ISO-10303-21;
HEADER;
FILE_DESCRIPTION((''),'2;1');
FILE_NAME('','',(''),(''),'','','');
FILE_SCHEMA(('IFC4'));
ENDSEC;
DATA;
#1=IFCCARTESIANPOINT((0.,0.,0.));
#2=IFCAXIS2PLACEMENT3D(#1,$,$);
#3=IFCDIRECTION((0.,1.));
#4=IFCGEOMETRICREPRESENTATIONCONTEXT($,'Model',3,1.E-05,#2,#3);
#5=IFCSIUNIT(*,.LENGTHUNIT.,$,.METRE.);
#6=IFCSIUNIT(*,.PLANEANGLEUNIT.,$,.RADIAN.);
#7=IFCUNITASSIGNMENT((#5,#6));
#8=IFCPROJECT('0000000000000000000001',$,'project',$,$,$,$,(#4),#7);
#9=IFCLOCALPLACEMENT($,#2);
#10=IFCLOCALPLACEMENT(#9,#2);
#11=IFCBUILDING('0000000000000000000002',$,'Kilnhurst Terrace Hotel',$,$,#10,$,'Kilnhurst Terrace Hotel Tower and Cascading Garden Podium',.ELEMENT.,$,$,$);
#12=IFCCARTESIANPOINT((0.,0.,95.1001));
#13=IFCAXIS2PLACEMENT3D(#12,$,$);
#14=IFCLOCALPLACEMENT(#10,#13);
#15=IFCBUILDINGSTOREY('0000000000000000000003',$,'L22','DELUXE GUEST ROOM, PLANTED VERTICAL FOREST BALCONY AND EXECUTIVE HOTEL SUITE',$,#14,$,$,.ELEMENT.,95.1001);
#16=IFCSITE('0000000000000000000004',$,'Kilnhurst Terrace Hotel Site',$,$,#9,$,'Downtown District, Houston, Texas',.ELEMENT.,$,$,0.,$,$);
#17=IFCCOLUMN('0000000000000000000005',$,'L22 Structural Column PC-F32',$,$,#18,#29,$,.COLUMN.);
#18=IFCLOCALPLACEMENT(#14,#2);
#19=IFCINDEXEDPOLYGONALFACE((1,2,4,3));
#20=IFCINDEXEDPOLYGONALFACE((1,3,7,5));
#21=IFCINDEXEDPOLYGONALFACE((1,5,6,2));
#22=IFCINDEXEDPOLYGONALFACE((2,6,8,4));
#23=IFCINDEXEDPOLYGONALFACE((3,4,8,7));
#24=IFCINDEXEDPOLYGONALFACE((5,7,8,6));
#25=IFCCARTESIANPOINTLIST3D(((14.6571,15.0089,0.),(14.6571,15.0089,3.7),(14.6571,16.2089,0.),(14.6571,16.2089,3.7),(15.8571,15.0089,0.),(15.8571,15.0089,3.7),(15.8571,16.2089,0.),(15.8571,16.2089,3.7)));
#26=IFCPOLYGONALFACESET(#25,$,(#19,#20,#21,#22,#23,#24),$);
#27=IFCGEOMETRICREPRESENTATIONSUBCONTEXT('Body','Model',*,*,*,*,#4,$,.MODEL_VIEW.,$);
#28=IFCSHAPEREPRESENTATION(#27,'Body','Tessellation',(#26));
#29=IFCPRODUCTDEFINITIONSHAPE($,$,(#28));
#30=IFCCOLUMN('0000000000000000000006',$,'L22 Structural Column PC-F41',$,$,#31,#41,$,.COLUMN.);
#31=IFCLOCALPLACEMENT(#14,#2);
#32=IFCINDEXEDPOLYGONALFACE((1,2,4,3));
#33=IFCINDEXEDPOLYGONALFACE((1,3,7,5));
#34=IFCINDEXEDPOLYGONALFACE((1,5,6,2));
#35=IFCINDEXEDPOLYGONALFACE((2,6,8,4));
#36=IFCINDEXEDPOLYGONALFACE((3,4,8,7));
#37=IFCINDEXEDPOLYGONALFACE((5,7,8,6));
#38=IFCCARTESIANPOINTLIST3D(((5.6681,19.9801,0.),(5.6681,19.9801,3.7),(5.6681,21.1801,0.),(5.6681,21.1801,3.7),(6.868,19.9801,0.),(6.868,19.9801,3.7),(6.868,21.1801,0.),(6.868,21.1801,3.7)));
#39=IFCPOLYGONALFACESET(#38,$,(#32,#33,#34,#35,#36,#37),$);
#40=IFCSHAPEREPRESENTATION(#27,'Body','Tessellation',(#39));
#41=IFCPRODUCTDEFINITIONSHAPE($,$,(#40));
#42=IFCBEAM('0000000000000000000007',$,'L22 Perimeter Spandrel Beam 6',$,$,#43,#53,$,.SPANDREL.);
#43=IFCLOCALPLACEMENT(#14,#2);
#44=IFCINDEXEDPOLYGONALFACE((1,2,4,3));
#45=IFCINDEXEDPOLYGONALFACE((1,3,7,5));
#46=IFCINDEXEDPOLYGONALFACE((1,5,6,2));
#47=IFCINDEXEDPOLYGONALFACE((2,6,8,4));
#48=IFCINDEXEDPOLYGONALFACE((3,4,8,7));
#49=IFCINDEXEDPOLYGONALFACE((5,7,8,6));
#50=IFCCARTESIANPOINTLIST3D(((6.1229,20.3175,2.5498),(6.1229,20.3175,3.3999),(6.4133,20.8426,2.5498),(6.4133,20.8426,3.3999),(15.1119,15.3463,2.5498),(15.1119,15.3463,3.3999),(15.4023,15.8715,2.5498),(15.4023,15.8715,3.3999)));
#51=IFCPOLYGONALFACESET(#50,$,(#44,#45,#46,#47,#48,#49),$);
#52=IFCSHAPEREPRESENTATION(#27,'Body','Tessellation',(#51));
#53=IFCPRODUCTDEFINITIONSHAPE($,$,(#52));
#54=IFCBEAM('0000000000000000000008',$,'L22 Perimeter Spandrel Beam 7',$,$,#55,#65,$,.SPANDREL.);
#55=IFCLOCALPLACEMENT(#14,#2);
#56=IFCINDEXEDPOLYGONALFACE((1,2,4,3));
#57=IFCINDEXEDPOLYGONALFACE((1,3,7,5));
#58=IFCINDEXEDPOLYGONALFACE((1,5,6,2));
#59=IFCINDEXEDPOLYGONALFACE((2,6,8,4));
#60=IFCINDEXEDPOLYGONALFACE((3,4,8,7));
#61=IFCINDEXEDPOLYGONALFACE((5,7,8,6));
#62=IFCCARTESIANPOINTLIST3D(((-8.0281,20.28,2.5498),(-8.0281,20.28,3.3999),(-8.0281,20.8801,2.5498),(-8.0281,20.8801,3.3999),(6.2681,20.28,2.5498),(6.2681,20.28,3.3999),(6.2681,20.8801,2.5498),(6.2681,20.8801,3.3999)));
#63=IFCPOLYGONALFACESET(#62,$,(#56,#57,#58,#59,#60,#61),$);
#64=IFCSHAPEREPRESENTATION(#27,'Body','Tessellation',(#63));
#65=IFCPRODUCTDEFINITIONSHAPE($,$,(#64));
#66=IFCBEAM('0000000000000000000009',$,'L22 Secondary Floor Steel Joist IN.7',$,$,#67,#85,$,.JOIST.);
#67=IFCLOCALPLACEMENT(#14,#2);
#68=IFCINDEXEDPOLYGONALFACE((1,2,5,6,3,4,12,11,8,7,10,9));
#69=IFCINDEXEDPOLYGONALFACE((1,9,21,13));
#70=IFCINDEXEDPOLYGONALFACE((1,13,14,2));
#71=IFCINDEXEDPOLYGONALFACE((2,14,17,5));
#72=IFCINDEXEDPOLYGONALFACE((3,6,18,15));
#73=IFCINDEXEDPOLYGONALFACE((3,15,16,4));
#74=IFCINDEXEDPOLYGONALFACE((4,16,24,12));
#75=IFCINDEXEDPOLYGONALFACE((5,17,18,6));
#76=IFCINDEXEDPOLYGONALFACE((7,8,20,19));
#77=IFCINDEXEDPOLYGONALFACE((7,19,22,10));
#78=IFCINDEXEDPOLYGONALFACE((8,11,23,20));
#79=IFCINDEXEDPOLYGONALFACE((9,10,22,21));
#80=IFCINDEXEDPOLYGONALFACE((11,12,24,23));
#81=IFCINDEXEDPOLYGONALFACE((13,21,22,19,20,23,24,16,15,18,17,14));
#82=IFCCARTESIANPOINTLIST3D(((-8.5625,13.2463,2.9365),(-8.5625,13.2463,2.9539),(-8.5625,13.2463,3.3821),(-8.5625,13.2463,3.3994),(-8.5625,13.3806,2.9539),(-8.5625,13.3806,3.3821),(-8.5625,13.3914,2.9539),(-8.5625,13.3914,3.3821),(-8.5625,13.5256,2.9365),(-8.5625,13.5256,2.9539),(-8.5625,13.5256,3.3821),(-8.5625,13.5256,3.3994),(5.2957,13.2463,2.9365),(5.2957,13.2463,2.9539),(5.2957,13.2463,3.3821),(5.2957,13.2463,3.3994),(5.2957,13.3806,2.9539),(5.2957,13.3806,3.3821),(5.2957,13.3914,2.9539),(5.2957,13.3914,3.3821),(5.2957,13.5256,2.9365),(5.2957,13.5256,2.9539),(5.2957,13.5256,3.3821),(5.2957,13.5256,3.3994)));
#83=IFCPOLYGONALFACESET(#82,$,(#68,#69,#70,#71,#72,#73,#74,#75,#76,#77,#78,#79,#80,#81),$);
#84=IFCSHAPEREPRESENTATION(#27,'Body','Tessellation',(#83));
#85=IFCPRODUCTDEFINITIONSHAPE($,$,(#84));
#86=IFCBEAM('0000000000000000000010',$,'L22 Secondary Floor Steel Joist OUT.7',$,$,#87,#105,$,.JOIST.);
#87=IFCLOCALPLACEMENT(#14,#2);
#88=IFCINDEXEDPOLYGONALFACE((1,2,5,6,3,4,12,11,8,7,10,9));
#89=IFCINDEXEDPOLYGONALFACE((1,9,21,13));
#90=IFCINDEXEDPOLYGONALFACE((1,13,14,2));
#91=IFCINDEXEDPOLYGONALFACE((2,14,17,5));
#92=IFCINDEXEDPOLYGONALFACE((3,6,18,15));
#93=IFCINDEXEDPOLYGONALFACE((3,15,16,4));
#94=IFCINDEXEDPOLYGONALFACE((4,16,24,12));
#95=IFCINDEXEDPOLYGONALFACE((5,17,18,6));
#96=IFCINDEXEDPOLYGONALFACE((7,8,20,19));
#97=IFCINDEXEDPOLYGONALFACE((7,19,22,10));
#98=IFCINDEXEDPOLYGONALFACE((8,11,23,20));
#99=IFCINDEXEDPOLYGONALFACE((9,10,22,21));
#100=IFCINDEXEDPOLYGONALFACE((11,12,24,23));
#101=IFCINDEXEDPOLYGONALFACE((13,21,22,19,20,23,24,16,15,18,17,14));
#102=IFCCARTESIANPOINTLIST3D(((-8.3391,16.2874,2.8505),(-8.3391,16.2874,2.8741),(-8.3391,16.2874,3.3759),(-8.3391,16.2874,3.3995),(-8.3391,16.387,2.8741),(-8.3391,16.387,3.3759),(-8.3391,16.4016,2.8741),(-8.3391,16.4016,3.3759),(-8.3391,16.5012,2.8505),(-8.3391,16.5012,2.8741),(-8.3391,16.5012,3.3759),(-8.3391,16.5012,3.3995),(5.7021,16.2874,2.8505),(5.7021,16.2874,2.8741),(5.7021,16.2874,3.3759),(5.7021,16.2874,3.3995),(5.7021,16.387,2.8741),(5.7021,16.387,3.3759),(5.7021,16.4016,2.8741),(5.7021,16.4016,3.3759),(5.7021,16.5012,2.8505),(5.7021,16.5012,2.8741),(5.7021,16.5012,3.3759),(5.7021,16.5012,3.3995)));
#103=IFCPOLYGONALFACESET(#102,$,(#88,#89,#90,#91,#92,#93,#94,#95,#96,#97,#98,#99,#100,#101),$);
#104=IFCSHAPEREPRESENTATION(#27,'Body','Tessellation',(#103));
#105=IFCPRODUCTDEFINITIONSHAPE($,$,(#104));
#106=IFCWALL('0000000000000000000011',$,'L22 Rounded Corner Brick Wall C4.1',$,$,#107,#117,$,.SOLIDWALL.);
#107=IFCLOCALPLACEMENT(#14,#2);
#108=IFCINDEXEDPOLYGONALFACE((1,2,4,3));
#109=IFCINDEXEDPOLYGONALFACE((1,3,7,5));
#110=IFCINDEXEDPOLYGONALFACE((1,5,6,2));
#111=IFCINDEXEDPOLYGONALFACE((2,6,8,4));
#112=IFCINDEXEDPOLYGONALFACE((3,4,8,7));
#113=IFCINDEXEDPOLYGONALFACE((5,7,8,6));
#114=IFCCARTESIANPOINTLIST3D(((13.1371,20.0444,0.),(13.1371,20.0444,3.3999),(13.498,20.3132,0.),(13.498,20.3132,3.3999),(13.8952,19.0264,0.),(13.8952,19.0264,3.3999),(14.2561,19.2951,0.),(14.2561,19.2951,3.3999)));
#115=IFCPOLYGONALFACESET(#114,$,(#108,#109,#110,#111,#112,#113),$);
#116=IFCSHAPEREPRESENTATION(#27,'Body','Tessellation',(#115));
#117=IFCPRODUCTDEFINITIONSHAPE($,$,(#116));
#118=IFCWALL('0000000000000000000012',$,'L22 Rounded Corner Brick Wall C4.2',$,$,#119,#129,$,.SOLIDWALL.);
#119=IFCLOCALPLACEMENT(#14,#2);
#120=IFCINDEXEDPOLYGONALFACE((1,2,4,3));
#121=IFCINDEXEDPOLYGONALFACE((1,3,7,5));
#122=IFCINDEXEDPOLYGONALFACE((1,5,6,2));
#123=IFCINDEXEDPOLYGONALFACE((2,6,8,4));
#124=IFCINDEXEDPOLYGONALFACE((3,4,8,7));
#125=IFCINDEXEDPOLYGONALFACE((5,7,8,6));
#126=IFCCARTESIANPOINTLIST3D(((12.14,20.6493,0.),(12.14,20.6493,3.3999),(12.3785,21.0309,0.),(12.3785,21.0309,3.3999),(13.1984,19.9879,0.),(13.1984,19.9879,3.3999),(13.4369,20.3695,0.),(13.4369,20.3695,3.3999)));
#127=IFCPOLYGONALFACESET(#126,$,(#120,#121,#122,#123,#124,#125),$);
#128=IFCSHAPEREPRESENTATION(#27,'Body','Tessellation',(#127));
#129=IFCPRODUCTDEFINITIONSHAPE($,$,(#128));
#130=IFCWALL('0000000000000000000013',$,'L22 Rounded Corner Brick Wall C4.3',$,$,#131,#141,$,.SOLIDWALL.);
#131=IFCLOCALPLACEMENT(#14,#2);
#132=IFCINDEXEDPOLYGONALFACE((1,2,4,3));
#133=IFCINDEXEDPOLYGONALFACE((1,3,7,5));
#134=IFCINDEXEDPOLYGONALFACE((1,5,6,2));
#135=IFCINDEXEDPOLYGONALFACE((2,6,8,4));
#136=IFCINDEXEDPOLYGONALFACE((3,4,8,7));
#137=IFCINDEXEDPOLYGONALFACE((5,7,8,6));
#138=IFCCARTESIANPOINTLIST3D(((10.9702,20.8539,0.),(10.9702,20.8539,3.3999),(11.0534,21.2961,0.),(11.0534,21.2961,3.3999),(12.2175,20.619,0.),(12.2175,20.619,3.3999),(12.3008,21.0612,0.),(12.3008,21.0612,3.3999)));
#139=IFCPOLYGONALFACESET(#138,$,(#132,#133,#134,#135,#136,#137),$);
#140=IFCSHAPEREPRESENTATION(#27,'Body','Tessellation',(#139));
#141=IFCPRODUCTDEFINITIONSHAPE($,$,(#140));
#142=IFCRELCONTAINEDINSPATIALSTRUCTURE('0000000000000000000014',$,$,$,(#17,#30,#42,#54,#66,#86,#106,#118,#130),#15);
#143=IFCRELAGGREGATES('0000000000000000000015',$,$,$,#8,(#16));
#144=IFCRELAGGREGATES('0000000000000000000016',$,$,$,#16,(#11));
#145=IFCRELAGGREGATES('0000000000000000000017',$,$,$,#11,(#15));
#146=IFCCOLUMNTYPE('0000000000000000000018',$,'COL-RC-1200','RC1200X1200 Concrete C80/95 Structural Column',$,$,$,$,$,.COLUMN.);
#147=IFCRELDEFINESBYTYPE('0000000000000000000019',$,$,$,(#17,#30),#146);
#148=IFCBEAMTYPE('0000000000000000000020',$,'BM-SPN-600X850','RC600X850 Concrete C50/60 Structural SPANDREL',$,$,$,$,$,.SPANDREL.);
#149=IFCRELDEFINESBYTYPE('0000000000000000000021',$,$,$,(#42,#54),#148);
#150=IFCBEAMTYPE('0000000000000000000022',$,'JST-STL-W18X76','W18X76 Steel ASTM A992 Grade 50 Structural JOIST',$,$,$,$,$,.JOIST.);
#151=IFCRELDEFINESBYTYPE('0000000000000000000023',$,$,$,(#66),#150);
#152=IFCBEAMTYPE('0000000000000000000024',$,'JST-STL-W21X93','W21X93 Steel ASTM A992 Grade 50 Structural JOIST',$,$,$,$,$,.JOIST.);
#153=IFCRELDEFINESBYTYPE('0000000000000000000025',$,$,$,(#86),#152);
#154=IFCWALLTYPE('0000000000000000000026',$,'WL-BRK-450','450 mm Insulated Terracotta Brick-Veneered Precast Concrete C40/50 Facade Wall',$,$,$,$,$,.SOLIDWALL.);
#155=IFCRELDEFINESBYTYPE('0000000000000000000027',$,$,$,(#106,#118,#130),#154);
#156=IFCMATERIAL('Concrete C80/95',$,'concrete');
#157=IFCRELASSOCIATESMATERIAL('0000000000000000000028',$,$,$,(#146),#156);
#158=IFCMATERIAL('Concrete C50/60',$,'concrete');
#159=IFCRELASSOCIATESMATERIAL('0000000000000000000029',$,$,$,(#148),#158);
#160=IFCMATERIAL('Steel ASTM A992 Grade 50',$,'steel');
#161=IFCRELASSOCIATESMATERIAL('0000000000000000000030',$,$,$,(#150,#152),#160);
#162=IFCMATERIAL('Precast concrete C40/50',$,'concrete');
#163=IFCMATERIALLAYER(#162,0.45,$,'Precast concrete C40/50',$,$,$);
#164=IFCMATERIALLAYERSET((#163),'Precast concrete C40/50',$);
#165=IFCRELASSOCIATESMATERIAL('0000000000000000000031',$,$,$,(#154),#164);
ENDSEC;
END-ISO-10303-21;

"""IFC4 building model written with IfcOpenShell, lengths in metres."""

from ifc_helpers import new_model, si_unit, direction, frame, frame_2d, origin, origin_2d, place, context, subcontext, project, spatial, rectangle, i_section, extrude, material, layer, layer_set, material_profile, profile_set, type_object, element, save


model = new_model("IFC4")

# Units and contexts
model_context = context("Model", 3, precision=1e-05, world=origin(), true_north=direction((0.0, 1.0)))
body_context = subcontext(model_context, "Body", "Model", "MODEL_VIEW")
ifc_project = project(units=[si_unit("LENGTHUNIT", "METRE"), si_unit("PLANEANGLEUNIT", "RADIAN")], contexts=[model_context])

# Site, building, storey
site_placement = place(None, origin())
site = spatial("IfcSite", under=ifc_project, at=site_placement, Name="Kilnhurst Terrace Hotel Site", LongName="Downtown District, Houston, Texas", CompositionType="ELEMENT", RefElevation=0.0)
building_placement = place(site_placement, origin())
building = spatial("IfcBuilding", under=site, at=building_placement, Name="Kilnhurst Terrace Hotel", LongName="Kilnhurst Terrace Hotel Tower and Cascading Garden Podium", CompositionType="ELEMENT")
storey_placement = place(building_placement, frame((0.0, 0.0, 95.1001)))
storey = spatial("IfcBuildingStorey", under=building, at=storey_placement, Name="L22", Description="DELUXE GUEST ROOM, PLANTED VERTICAL FOREST BALCONY AND EXECUTIVE HOTEL SUITE", CompositionType="ELEMENT", Elevation=95.1001)

# Columns
ifc_material_1 = material(Name="Concrete C80/95", Category="concrete")
ifc_material_profile_1 = material_profile(ifc_material_1, rectangle(XDim=1.2, YDim=1.2, at=origin_2d()), Name="RC1200X1200")
ifc_profile_set_1 = profile_set([ifc_material_profile_1], Name="Concrete C80/95")
column_type = type_object("IfcColumnType", Name="COL-RC-1200", Description="RC1200X1200 Concrete C80/95 Structural Column", PredefinedType="COLUMN", material=ifc_profile_set_1)
for number, where, z_axis, x_axis, name in (
    (1, (15.2571, 15.6089, 0.0), (0.0, 0.0, 1.0), (1.0, 0.0, 0.0), "L22 Structural Column PC-F32"),
    (2, (6.2681, 20.5801, 0.0), (0.0, 0.0, 1.0), (1.0, 0.0, 0.0), "L22 Structural Column PC-F41"),
):
    element("IfcColumn", number, at=place(storey_placement, frame(where, z_axis=z_axis, x_axis=x_axis)), inside=storey, type_object=column_type, Name=name, PredefinedType="COLUMN", context=body_context, shape_type="SweptSolid", body=[
        extrude(rectangle(XDim=1.2, YDim=1.2, at=origin_2d()), origin(), (0.0, 0.0, 1.0), 3.7),
    ])

# Beams
ifc_material_2 = material(Name="Concrete C50/60", Category="concrete")
ifc_material_profile_2 = material_profile(ifc_material_2, rectangle(XDim=0.6001, YDim=0.8501, at=origin_2d()), Name="RC600X850")
ifc_profile_set_2 = profile_set([ifc_material_profile_2], Name="Concrete C50/60")
beam_type_1 = type_object("IfcBeamType", Name="BM-SPN-600X850", Description="RC600X850 Concrete C50/60 Structural SPANDREL", PredefinedType="SPANDREL", material=ifc_profile_set_2)
beam_1_placement = place(storey_placement, frame((15.2571, 15.6089, 2.9749), z_axis=(-0.875094, 0.483953, 0.0), x_axis=(-0.483953, -0.875094, 0.0)))
element("IfcBeam", 3, at=beam_1_placement, inside=storey, type_object=beam_type_1, Name="L22 Perimeter Spandrel Beam 6", PredefinedType="SPANDREL", context=body_context, shape_type="SweptSolid", body=[
    extrude(rectangle(XDim=0.6001, YDim=0.8501, at=origin_2d()), origin(), (0.0, 0.0, 1.0), 10.272),
])
beam_2_placement = place(storey_placement, frame((6.2681, 20.5801, 2.9749), z_axis=(-1.0, 0.0, 0.0), x_axis=(0.0, -1.0, 0.0)))
element("IfcBeam", 4, at=beam_2_placement, inside=storey, type_object=beam_type_1, Name="L22 Perimeter Spandrel Beam 7", PredefinedType="SPANDREL", context=body_context, shape_type="SweptSolid", body=[
    extrude(rectangle(XDim=0.6001, YDim=0.8501, at=origin_2d()), origin(), (0.0, 0.0, 1.0), 14.2961),
])
ifc_material_3 = material(Name="Steel ASTM A992 Grade 50", Category="steel")
ifc_material_profile_3 = material_profile(ifc_material_3, i_section(OverallWidth=0.2793, OverallDepth=0.4629, WebThickness=0.0107, FlangeThickness=0.0173, at=origin_2d()), Name="W18X76")
ifc_profile_set_3 = profile_set([ifc_material_profile_3], Name="Steel ASTM A992 Grade 50")
beam_type_2 = type_object("IfcBeamType", Name="JST-STL-W18X76", Description="W18X76 Steel ASTM A992 Grade 50 Structural JOIST", PredefinedType="JOIST", material=ifc_profile_set_3)
beam_3_placement = place(storey_placement, frame((5.2957, 13.386, 3.168), z_axis=(-1.0, 0.0, 0.0), x_axis=(0.0, -1.0, 0.0)))
element("IfcBeam", 5, at=beam_3_placement, inside=storey, type_object=beam_type_2, Name="L22 Secondary Floor Steel Joist IN.7", PredefinedType="JOIST", context=body_context, shape_type="SweptSolid", body=[
    extrude(i_section(OverallWidth=0.2793, OverallDepth=0.4629, WebThickness=0.0107, FlangeThickness=0.0173, at=origin_2d()), origin(), (0.0, 0.0, 1.0), 13.8582),
])
ifc_material_profile_4 = material_profile(ifc_material_3, i_section(OverallWidth=0.2139, OverallDepth=0.5491, WebThickness=0.0146, FlangeThickness=0.0237, at=origin_2d()), Name="W21X93")
ifc_profile_set_4 = profile_set([ifc_material_profile_4], Name="Steel ASTM A992 Grade 50")
beam_type_3 = type_object("IfcBeamType", Name="JST-STL-W21X93", Description="W21X93 Steel ASTM A992 Grade 50 Structural JOIST", PredefinedType="JOIST", material=ifc_profile_set_4)
beam_4_placement = place(storey_placement, frame((5.7021, 16.3943, 3.125), z_axis=(-1.0, 0.0, 0.0), x_axis=(0.0, -1.0, 0.0)))
element("IfcBeam", 6, at=beam_4_placement, inside=storey, type_object=beam_type_3, Name="L22 Secondary Floor Steel Joist OUT.7", PredefinedType="JOIST", context=body_context, shape_type="SweptSolid", body=[
    extrude(i_section(OverallWidth=0.2139, OverallDepth=0.5491, WebThickness=0.0146, FlangeThickness=0.0237, at=origin_2d()), origin(), (0.0, 0.0, 1.0), 14.0413),
])

# Walls
ifc_material_4 = material(Name="Precast concrete C40/50", Category="concrete")
ifc_layer_1 = layer(ifc_material_4, 0.45, Name="Precast concrete C40/50")
ifc_layer_set_1 = layer_set([ifc_layer_1], Name="Precast concrete C40/50")
wall_type_1 = type_object("IfcWallType", Name="WL-BRK-450", Description="450 mm Insulated Terracotta Brick-Veneered Precast Concrete C40/50 Facade Wall", PredefinedType="SOLIDWALL", material=ifc_layer_set_1)
wall_1_placement = place(storey_placement, frame((14.0757, 19.1606, 0.0), z_axis=(0.0, 0.0, 1.0), x_axis=(-0.597227, 0.802073, 0.0)))
element("IfcWall", 7, at=wall_1_placement, inside=storey, type_object=wall_type_1, Name="L22 Rounded Corner Brick Wall C4.1", PredefinedType="SOLIDWALL", context=body_context, shape_type="SweptSolid", body=[
    extrude(rectangle(XDim=1.2693, YDim=0.45, at=frame_2d((0.6348, 0.0))), origin(), (0.0, 0.0, 1.0), 3.3999),
])
wall_2_placement = place(storey_placement, frame((13.3176, 20.1787, 0.0), z_axis=(0.0, 0.0, 1.0), x_axis=(-0.848031, 0.529946, 0.0)))
element("IfcWall", 8, at=wall_2_placement, inside=storey, type_object=wall_type_1, Name="L22 Rounded Corner Brick Wall C4.2", PredefinedType="SOLIDWALL", context=body_context, shape_type="SweptSolid", body=[
    extrude(rectangle(XDim=1.248, YDim=0.45, at=frame_2d((0.624, 0.0))), origin(), (0.0, 0.0, 1.0), 3.3999),
])
wall_3_placement = place(storey_placement, frame((12.2593, 20.8401, 0.0), z_axis=(0.0, 0.0, 1.0), x_axis=(-0.98273, 0.185043, 0.0)))
element("IfcWall", 9, at=wall_3_placement, inside=storey, type_object=wall_type_1, Name="L22 Rounded Corner Brick Wall C4.3", PredefinedType="SOLIDWALL", context=body_context, shape_type="SweptSolid", body=[
    extrude(rectangle(XDim=1.2693, YDim=0.45, at=frame_2d((0.6348, 0.0))), origin(), (0.0, 0.0, 1.0), 3.3999),
])

save(model, "model.ifc")
